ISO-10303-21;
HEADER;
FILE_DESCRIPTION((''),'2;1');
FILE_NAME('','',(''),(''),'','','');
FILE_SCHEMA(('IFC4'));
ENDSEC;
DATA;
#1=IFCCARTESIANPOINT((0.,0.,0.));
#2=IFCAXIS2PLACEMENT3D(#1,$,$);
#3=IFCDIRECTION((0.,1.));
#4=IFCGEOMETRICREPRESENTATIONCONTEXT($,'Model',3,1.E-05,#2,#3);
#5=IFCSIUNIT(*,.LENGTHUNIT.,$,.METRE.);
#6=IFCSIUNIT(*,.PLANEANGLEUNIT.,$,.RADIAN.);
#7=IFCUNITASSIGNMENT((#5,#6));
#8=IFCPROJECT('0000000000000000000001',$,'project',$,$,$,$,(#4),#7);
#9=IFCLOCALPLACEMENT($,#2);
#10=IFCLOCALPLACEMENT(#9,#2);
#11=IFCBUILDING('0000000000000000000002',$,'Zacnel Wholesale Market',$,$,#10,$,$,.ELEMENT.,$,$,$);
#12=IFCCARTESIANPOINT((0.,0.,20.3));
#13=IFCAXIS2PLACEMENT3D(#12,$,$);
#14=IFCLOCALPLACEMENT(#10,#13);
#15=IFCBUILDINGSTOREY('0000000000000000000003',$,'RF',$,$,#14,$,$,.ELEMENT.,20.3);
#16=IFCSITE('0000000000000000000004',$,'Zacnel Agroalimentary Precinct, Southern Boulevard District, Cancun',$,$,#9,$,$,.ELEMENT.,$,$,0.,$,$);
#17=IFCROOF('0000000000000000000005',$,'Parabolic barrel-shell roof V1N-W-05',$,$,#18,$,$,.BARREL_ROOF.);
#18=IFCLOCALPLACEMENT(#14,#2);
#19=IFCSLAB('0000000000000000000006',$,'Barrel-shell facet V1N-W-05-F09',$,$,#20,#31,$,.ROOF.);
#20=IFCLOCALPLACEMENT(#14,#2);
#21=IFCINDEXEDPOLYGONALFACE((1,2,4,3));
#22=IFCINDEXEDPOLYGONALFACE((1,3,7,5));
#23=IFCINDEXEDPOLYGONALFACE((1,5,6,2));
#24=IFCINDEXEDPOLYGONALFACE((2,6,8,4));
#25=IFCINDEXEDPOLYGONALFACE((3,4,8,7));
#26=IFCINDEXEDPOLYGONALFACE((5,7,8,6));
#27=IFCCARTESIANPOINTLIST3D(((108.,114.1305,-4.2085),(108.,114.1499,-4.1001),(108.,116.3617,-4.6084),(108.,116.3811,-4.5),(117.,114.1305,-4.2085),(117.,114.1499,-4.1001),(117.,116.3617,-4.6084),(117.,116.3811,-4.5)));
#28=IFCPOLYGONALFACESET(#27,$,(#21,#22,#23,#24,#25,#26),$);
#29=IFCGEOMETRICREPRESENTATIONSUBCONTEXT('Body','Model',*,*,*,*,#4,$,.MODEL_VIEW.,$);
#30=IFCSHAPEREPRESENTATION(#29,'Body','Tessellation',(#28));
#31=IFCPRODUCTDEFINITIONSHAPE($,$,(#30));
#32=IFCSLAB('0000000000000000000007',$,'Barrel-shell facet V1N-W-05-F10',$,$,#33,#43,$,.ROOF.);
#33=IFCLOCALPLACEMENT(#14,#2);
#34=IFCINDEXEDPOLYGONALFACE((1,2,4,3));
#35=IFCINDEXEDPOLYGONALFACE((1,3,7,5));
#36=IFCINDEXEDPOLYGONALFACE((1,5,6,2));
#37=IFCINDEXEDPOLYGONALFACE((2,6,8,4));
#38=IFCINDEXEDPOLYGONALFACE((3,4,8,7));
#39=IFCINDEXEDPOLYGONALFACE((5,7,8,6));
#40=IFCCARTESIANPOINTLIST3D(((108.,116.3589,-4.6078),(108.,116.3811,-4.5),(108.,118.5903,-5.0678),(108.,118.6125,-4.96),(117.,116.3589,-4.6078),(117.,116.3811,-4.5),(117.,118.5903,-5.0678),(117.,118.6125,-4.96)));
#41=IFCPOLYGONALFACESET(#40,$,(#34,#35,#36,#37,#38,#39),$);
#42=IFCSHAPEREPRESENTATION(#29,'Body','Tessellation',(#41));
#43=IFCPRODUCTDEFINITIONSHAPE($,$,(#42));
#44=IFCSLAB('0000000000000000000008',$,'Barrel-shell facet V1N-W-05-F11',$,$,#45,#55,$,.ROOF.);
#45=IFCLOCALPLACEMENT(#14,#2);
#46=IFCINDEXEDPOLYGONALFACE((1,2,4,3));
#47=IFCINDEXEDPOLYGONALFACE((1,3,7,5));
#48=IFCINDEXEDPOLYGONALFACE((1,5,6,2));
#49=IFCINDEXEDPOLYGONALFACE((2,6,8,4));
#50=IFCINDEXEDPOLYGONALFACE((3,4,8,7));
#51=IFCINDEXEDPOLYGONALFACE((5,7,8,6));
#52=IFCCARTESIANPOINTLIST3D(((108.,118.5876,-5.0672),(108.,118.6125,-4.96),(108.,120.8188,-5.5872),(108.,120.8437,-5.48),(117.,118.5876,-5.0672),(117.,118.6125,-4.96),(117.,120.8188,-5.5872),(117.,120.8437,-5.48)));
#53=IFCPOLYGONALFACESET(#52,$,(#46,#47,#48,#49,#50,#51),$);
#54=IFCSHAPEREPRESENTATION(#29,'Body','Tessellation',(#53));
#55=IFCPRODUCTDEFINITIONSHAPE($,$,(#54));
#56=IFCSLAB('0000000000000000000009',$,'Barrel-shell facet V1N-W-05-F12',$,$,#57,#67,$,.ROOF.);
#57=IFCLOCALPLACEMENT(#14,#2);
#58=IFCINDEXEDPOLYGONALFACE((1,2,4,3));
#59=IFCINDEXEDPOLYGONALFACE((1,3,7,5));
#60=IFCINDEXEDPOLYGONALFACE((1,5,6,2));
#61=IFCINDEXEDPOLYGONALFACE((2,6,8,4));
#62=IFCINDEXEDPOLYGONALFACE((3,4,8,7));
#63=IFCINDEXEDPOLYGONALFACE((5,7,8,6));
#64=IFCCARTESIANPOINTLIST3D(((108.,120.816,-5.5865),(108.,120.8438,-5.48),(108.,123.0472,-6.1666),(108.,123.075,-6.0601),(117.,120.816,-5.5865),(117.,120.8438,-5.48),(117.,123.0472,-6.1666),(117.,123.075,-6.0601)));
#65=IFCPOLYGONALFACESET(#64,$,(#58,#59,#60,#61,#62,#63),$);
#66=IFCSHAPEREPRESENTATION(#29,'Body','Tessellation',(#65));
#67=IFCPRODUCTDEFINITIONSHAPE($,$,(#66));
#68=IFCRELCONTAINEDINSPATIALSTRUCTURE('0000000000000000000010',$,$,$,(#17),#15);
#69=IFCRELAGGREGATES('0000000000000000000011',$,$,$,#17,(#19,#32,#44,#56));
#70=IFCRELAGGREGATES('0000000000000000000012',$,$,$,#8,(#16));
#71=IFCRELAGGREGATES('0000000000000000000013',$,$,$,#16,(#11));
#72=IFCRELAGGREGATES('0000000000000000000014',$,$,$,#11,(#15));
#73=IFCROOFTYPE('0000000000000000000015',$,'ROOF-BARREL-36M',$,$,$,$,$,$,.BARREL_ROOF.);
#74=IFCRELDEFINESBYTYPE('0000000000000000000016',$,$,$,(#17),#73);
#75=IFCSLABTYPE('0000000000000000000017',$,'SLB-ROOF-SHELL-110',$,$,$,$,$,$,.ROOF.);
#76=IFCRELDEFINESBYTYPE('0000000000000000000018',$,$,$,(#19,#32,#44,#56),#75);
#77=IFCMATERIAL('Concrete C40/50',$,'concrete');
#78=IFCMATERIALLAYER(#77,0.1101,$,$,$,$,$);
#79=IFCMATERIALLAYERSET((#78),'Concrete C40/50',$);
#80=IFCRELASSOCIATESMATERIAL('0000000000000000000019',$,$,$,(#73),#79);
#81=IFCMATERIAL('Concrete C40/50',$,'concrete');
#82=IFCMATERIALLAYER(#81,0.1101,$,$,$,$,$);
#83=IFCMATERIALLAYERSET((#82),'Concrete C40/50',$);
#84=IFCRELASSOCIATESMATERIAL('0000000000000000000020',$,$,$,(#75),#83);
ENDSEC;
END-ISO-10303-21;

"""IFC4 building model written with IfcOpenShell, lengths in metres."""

from ifc_helpers import new_model, si_unit, direction, frame, origin, place, context, subcontext, project, spatial, polyline, outline, extrude, material, layer, layer_set, type_object, element, aggregate, save


model = new_model("IFC4")

# Units and contexts
model_context = context("Model", 3, precision=1e-05, world=origin(), true_north=direction((0.0, 1.0)))
body_context = subcontext(model_context, "Body", "Model", "MODEL_VIEW")
ifc_project = project(units=[si_unit("LENGTHUNIT", "METRE"), si_unit("PLANEANGLEUNIT", "RADIAN")], contexts=[model_context])

# Site, building, storey
site_placement = place(None, origin())
site = spatial("IfcSite", under=ifc_project, at=site_placement, Name="Zacnel Agroalimentary Precinct, Southern Boulevard District, Cancun", CompositionType="ELEMENT", RefElevation=0.0)
building_placement = place(site_placement, origin())
building = spatial("IfcBuilding", under=site, at=building_placement, Name="Zacnel Wholesale Market", CompositionType="ELEMENT")
storey_placement = place(building_placement, frame((0.0, 0.0, 20.3)))
storey = spatial("IfcBuildingStorey", under=building, at=storey_placement, Name="RF", CompositionType="ELEMENT", Elevation=20.3)

# Roof, slabs
ifc_material_1 = material(Name="Concrete C40/50", Category="concrete")
ifc_layer_1 = layer(ifc_material_1, 0.1101)
ifc_layer_set_1 = layer_set([ifc_layer_1], Name="Concrete C40/50")
roof_type = type_object("IfcRoofType", Name="ROOF-BARREL-36M", PredefinedType="BARREL_ROOF", material=ifc_layer_set_1)
ifc_material_2 = material(Name="Concrete C40/50", Category="concrete")
ifc_layer_2 = layer(ifc_material_2, 0.1101)
ifc_layer_set_2 = layer_set([ifc_layer_2], Name="Concrete C40/50")
slab_type = type_object("IfcSlabType", Name="SLB-ROOF-SHELL-110", PredefinedType="ROOF", material=ifc_layer_set_2)
roof_1_placement = place(storey_placement, origin())
roof_1 = element("IfcRoof", 1, at=roof_1_placement, inside=storey, type_object=roof_type, Name="Parabolic barrel-shell roof V1N-W-05", PredefinedType="BARREL_ROOF")
slab_1_placement = place(storey_placement, frame((108.0, 114.1499, -4.1001), z_axis=(0.0, 0.176421, 0.984315), x_axis=(1.0, 0.0, 0.0)))
slab_1 = element("IfcSlab", 2, at=slab_1_placement, type_object=slab_type, Name="Barrel-shell facet V1N-W-05-F09", PredefinedType="ROOF", context=body_context, shape_type="SweptSolid", body=[
    extrude(outline(polyline([(0.0, 0.0), (9.0, 0.0), (9.0, 2.2668), (0.0, 2.2668), (0.0, 0.0)])), origin(), (0.0, 0.0, -1.0), 0.1101),
])
slab_2_placement = place(storey_placement, frame((108.0, 116.3811, -4.5), z_axis=(0.0, 0.201883, 0.97941), x_axis=(1.0, 0.0, 0.0)))
slab_2 = element("IfcSlab", 3, at=slab_2_placement, type_object=slab_type, Name="Barrel-shell facet V1N-W-05-F10", PredefinedType="ROOF", context=body_context, shape_type="SweptSolid", body=[
    extrude(outline(polyline([(0.0, 0.0), (9.0, 0.0), (9.0, 2.2784), (0.0, 2.2784), (0.0, 0.0)])), origin(), (0.0, 0.0, -1.0), 0.1101),
])
slab_3_placement = place(storey_placement, frame((108.0, 118.6125, -4.96), z_axis=(0.0, 0.226984, 0.973899), x_axis=(1.0, 0.0, 0.0)))
slab_3 = element("IfcSlab", 4, at=slab_3_placement, type_object=slab_type, Name="Barrel-shell facet V1N-W-05-F11", PredefinedType="ROOF", context=body_context, shape_type="SweptSolid", body=[
    extrude(outline(polyline([(0.0, 0.0), (9.0, 0.0), (9.0, 2.291), (0.0, 2.291), (0.0, 0.0)])), origin(), (0.0, 0.0, -1.0), 0.1101),
])
slab_4_placement = place(storey_placement, frame((108.0, 120.8438, -5.48), z_axis=(0.0, 0.25162, 0.967826), x_axis=(1.0, 0.0, 0.0)))
slab_4 = element("IfcSlab", 5, at=slab_4_placement, type_object=slab_type, Name="Barrel-shell facet V1N-W-05-F12", PredefinedType="ROOF", context=body_context, shape_type="SweptSolid", body=[
    extrude(outline(polyline([(0.0, 0.0), (9.0, 0.0), (9.0, 2.3054), (0.0, 2.3054), (0.0, 0.0)])), origin(), (0.0, 0.0, -1.0), 0.1101),
])
aggregate(roof_1, [slab_1, slab_2, slab_3, slab_4])

save(model, "model.ifc")
